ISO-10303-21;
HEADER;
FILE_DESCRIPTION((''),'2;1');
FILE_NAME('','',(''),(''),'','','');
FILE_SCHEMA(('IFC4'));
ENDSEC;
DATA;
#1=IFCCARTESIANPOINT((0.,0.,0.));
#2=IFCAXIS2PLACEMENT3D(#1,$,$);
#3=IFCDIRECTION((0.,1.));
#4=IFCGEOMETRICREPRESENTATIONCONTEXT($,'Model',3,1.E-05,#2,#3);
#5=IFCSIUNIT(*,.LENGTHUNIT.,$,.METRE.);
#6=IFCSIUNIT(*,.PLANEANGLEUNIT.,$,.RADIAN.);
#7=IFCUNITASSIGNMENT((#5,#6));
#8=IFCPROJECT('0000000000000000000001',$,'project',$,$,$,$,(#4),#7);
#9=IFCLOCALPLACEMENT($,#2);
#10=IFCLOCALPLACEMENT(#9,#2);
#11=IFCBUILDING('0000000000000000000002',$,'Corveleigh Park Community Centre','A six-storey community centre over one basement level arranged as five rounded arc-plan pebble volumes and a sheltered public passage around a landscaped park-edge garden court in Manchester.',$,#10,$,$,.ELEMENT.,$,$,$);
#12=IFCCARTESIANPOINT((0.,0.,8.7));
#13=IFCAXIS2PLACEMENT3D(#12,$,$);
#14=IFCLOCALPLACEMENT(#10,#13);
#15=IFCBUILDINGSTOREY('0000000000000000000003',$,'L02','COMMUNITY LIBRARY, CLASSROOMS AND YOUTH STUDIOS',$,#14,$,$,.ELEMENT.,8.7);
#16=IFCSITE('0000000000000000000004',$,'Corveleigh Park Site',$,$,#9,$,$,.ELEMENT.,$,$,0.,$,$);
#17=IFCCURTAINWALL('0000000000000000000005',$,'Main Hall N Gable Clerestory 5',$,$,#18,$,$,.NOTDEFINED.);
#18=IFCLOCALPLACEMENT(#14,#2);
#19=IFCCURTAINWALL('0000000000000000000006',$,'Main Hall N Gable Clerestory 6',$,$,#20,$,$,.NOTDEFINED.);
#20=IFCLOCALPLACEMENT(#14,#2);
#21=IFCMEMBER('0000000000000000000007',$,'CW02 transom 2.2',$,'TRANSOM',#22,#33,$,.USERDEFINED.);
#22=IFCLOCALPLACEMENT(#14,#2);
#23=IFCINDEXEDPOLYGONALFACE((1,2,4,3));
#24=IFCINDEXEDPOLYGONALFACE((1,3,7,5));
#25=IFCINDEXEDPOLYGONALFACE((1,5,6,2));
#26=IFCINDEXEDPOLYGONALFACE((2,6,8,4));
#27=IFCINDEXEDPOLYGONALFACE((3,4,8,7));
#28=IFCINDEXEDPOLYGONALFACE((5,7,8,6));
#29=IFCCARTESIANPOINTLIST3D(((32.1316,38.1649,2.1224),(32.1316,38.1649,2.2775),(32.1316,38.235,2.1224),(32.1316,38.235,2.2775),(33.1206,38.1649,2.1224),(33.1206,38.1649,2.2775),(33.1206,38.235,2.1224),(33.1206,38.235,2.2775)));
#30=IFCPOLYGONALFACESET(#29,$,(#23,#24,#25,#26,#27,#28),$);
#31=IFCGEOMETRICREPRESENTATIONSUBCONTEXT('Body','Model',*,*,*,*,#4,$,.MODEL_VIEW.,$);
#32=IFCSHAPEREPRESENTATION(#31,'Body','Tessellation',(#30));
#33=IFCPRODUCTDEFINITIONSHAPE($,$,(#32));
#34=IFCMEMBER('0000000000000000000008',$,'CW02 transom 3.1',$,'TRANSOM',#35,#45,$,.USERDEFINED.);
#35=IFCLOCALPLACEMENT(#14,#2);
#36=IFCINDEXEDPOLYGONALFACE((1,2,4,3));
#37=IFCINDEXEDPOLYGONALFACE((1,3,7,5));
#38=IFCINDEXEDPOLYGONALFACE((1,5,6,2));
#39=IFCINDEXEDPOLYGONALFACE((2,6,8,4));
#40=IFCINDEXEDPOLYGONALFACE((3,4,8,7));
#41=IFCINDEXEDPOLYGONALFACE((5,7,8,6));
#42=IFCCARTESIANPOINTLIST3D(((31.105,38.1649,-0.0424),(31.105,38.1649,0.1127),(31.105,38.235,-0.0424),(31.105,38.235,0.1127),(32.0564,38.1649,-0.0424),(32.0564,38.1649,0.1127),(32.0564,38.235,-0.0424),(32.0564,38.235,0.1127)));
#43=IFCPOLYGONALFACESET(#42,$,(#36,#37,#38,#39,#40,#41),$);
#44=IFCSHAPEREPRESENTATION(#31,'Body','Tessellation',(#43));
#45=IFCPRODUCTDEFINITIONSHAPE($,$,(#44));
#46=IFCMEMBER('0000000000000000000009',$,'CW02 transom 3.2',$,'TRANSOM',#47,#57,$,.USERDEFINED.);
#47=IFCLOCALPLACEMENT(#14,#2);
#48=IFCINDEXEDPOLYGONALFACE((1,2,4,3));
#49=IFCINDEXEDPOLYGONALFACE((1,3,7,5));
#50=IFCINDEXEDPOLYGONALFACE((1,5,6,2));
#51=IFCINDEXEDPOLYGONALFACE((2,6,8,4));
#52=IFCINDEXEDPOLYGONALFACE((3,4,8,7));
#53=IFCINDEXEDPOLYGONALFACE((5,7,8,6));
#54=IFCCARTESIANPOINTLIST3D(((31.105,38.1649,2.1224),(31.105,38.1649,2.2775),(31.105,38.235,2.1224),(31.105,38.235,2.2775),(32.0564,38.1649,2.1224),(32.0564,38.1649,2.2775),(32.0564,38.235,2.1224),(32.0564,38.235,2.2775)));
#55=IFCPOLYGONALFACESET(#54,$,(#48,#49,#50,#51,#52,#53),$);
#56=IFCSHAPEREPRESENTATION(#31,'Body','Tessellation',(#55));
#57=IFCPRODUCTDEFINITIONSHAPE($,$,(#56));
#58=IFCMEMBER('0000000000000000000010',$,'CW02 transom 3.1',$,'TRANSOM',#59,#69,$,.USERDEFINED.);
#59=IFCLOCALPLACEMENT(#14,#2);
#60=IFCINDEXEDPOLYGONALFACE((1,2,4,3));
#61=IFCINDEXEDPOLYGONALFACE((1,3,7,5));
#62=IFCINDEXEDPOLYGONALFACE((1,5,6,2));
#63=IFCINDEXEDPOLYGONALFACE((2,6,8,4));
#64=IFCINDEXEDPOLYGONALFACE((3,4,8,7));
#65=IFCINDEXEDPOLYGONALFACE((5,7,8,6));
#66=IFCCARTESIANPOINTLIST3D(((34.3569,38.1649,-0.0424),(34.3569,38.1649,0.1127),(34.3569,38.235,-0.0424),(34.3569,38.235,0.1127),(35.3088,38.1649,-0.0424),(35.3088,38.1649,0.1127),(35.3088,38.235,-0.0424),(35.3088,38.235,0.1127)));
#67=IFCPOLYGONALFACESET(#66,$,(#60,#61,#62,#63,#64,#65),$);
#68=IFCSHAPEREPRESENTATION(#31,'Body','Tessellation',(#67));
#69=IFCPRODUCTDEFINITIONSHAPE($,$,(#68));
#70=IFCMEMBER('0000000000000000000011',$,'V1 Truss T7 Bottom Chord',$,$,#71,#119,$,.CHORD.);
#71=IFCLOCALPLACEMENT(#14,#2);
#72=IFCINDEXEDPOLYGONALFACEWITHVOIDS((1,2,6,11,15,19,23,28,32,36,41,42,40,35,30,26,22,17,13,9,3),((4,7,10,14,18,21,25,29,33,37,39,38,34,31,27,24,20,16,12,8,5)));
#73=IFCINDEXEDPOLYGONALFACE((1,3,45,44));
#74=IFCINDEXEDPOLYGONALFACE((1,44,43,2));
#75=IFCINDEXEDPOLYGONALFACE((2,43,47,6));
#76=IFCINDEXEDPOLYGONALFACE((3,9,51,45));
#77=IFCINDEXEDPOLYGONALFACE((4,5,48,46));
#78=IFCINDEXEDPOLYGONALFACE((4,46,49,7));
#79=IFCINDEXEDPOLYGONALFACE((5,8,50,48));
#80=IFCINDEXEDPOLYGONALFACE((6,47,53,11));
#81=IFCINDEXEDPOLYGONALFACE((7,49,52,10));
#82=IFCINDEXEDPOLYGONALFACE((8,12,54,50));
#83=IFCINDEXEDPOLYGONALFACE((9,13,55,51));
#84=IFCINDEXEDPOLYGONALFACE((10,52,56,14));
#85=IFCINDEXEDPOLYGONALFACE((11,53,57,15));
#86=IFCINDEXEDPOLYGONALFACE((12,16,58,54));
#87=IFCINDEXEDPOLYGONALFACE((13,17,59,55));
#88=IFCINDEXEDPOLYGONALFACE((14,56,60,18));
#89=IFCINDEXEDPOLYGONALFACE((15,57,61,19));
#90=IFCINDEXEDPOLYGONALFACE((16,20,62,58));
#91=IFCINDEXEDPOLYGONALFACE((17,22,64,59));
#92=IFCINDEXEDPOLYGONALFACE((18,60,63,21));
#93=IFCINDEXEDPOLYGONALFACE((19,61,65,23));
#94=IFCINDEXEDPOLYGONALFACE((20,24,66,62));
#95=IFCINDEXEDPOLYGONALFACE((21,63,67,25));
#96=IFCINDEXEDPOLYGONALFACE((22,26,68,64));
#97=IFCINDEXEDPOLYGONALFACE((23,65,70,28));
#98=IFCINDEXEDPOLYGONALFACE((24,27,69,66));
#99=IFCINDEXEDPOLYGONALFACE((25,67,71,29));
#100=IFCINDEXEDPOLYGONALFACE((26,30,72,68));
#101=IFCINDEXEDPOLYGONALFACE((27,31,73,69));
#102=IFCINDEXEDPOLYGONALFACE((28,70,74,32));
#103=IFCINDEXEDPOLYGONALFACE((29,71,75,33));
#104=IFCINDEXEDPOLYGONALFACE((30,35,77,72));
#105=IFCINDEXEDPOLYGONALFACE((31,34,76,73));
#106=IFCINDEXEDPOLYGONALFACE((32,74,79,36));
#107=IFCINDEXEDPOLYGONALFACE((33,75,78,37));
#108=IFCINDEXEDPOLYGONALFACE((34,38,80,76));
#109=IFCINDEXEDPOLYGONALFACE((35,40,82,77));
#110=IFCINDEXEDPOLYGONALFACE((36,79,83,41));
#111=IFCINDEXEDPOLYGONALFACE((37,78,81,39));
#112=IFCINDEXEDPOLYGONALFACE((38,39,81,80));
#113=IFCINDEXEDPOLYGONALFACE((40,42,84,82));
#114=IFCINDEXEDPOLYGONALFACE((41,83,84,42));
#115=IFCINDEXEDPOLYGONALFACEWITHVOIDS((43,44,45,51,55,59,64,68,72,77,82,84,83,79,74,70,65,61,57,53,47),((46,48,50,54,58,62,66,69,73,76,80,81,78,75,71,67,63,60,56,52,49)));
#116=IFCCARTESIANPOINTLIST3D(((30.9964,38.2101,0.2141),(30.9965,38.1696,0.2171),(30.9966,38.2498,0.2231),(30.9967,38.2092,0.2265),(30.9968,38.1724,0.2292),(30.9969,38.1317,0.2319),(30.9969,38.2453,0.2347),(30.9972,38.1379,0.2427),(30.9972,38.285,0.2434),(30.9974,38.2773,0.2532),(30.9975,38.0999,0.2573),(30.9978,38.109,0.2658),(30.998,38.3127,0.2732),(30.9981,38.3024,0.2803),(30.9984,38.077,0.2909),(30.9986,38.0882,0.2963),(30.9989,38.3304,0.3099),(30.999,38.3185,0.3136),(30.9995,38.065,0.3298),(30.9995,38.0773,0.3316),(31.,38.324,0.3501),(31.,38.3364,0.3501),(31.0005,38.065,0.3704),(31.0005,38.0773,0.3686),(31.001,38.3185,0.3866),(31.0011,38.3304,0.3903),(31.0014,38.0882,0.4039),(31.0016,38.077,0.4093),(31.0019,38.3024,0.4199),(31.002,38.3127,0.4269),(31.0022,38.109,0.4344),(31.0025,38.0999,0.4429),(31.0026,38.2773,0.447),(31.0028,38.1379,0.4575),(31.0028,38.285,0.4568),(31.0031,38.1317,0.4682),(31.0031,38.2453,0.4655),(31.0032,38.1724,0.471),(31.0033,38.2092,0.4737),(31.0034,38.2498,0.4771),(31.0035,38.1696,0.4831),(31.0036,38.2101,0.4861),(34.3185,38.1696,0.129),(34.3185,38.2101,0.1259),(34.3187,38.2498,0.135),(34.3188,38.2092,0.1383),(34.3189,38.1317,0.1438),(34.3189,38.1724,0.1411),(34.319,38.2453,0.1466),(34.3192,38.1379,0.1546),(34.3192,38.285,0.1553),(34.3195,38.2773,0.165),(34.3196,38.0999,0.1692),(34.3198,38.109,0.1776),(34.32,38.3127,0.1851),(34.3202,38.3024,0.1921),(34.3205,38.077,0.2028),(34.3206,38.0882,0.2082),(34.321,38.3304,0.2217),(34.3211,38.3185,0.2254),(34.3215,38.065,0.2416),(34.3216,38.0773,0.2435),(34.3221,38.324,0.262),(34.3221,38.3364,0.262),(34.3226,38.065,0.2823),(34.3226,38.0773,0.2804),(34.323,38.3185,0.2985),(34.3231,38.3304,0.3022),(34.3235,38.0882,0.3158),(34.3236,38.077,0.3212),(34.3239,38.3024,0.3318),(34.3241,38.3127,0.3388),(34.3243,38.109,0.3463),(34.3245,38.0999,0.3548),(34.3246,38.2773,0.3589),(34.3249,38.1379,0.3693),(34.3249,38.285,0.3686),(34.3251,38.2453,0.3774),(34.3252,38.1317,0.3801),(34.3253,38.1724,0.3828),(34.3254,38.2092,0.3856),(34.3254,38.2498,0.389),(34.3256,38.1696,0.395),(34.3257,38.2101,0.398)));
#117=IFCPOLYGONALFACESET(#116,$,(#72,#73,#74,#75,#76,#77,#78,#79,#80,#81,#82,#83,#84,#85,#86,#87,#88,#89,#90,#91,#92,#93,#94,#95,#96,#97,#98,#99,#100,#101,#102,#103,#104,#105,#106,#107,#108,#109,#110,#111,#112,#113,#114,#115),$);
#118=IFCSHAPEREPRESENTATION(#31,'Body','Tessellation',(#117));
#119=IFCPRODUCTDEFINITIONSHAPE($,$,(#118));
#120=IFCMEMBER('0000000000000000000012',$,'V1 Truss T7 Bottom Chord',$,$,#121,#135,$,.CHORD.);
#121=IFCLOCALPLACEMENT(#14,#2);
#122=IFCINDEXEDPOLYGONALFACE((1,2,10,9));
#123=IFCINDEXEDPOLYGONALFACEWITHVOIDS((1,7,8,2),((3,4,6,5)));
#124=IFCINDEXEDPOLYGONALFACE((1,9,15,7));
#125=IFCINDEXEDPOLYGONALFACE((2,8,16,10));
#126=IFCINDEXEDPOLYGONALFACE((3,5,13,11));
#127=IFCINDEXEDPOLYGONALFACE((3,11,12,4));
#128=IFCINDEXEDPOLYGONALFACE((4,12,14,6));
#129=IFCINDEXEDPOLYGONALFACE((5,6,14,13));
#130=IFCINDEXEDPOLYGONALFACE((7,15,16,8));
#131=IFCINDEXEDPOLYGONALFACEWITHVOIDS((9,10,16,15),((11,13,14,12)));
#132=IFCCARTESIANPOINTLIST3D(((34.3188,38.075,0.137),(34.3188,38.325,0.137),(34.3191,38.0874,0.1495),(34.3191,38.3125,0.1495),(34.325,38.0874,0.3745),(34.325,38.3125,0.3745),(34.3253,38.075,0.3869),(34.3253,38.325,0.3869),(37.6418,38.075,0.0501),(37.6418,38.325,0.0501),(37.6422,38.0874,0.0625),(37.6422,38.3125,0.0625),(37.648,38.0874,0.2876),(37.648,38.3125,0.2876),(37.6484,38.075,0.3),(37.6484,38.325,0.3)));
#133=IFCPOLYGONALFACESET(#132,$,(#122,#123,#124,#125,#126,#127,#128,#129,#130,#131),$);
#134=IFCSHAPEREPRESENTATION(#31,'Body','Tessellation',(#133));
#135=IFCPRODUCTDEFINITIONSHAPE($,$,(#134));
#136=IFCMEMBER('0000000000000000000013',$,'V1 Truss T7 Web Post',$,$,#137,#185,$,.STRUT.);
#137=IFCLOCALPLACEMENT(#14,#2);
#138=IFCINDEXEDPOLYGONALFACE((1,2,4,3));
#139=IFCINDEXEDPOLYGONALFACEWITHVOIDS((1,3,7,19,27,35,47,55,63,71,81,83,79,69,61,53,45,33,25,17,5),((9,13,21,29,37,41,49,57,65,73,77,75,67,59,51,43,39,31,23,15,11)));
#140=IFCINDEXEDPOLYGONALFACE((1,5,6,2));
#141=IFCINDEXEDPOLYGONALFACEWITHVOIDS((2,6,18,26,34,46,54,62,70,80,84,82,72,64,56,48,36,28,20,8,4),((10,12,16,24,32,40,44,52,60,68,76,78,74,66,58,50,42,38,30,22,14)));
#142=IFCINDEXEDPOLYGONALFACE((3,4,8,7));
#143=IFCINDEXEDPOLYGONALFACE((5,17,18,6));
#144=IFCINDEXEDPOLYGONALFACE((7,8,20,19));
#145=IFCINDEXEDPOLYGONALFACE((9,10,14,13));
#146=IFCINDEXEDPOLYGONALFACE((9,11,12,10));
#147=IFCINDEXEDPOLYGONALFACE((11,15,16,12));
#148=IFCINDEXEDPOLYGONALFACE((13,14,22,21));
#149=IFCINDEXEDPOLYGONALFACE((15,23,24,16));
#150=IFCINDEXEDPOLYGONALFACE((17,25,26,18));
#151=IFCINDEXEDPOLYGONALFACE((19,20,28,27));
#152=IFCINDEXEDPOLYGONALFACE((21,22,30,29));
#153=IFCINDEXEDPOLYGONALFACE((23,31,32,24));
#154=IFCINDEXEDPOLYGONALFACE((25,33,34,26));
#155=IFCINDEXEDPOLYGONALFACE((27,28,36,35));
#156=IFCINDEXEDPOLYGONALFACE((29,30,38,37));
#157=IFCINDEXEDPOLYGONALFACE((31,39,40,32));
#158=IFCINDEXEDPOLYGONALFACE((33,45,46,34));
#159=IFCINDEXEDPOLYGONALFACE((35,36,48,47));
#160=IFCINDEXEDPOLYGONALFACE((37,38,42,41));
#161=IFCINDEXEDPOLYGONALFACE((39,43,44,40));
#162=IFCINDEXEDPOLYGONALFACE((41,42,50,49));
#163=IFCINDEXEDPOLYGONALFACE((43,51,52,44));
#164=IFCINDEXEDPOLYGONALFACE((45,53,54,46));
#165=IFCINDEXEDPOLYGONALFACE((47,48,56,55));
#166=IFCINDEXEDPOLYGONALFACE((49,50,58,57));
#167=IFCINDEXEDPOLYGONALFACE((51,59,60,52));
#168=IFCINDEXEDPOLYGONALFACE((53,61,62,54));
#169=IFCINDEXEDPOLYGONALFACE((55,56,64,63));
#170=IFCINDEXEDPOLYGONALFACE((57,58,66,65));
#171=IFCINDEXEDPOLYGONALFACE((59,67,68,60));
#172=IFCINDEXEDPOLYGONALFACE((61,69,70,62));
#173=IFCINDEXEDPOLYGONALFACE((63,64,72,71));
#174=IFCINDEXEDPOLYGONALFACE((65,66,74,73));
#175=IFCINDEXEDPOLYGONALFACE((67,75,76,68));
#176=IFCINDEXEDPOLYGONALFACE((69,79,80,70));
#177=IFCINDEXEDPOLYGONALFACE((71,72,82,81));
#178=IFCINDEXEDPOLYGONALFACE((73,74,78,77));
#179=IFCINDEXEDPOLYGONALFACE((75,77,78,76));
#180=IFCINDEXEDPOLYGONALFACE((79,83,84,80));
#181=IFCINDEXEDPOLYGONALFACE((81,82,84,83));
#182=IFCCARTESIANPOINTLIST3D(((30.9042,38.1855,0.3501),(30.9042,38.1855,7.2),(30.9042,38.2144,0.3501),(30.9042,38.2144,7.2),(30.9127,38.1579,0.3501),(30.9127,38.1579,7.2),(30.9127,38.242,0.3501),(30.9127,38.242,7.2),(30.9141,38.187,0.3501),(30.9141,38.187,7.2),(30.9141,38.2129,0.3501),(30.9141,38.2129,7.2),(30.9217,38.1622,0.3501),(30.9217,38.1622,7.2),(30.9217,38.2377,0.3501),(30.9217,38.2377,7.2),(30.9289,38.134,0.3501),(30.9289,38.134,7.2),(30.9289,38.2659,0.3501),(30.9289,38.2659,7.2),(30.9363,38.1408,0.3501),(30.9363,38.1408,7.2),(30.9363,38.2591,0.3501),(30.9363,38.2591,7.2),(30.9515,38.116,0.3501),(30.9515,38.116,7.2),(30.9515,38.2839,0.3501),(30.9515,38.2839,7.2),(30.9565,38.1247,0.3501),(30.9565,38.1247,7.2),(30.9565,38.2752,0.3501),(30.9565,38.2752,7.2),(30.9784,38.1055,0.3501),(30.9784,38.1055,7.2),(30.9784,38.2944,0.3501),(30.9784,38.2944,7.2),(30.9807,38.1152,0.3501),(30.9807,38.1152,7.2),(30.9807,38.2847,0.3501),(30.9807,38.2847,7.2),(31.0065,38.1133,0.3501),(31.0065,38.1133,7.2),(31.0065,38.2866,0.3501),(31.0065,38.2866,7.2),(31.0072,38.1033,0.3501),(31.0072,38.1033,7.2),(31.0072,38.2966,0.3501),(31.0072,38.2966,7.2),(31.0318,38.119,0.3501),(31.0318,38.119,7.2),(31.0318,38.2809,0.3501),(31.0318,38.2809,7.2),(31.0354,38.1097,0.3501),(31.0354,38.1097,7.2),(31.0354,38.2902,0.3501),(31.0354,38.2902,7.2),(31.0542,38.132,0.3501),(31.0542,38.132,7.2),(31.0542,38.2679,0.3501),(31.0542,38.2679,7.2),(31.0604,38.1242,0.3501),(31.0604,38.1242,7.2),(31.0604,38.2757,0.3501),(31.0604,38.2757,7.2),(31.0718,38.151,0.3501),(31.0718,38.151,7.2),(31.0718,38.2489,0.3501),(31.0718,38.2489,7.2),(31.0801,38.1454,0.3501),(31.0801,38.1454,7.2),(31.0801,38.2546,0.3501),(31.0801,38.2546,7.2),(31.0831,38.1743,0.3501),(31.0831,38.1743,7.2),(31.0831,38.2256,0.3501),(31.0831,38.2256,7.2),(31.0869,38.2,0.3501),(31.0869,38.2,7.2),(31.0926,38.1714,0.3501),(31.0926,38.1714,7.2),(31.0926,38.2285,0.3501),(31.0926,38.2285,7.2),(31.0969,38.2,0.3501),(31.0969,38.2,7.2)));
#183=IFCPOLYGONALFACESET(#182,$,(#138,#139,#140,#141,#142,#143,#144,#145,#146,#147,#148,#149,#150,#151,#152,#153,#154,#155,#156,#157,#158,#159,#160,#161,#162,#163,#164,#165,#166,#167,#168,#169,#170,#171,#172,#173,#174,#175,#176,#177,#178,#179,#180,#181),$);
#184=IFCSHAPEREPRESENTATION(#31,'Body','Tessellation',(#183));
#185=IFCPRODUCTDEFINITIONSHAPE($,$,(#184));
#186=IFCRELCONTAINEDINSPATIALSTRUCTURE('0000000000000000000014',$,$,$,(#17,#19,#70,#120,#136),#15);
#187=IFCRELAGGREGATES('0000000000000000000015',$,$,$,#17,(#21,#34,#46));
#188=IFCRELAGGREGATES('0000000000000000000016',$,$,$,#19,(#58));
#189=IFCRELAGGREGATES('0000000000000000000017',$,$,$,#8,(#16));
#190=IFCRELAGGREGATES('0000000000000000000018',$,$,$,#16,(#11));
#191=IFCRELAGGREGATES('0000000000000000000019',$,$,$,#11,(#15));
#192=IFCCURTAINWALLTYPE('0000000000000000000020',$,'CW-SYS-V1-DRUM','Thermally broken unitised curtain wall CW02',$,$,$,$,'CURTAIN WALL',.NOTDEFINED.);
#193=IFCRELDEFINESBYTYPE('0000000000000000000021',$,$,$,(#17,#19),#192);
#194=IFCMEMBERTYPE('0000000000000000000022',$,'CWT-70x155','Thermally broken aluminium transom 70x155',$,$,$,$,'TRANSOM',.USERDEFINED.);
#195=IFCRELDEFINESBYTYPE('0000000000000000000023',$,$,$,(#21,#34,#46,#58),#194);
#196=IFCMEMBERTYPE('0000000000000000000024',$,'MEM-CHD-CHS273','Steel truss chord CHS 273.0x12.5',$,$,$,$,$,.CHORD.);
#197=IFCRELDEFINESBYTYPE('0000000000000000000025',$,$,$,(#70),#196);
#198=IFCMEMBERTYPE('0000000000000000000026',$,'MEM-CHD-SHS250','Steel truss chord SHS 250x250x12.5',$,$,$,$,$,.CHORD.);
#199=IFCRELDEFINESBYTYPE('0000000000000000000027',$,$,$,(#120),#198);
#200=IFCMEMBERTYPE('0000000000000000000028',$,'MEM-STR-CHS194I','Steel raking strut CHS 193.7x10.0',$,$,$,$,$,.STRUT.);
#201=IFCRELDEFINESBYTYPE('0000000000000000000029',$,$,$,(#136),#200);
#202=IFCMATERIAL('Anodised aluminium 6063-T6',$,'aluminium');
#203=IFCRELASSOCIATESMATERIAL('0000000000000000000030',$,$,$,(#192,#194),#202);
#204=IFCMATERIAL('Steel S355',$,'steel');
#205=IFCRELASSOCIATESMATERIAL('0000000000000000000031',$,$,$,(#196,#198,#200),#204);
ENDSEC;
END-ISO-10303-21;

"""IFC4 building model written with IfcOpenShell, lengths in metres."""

from ifc_helpers import new_model, si_unit, direction, frame, origin, origin_2d, place, context, subcontext, project, spatial, rectangle, hollow_rectangle, hollow_circle, extrude, material, material_profile, profile_set, type_object, element, aggregate, save


model = new_model("IFC4")

# Units and contexts
model_context = context("Model", 3, precision=1e-05, world=origin(), true_north=direction((0.0, 1.0)))
body_context = subcontext(model_context, "Body", "Model", "MODEL_VIEW")
ifc_project = project(units=[si_unit("LENGTHUNIT", "METRE"), si_unit("PLANEANGLEUNIT", "RADIAN")], contexts=[model_context])

# Site, building, storey
site_placement = place(None, origin())
site = spatial("IfcSite", under=ifc_project, at=site_placement, Name="Corveleigh Park Site", CompositionType="ELEMENT", RefElevation=0.0)
building_placement = place(site_placement, origin())
building = spatial("IfcBuilding", under=site, at=building_placement, Name="Corveleigh Park Community Centre", Description="A six-storey community centre over one basement level arranged as five rounded arc-plan pebble volumes and a sheltered public passage around a landscaped park-edge garden court in Manchester.", CompositionType="ELEMENT")
storey_placement = place(building_placement, frame((0.0, 0.0, 8.7)))
storey = spatial("IfcBuildingStorey", under=building, at=storey_placement, Name="L02", Description="COMMUNITY LIBRARY, CLASSROOMS AND YOUTH STUDIOS", CompositionType="ELEMENT", Elevation=8.7)

# Curtain walls
ifc_material_1 = material(Name="Anodised aluminium 6063-T6", Category="aluminium")
curtain_wall_type = type_object("IfcCurtainWallType", Name="CW-SYS-V1-DRUM", Description="Thermally broken unitised curtain wall CW02", ElementType="CURTAIN WALL", PredefinedType="NOTDEFINED", material=ifc_material_1)
curtain_wall_1_placement = place(storey_placement, origin())
curtain_wall_1 = element("IfcCurtainWall", 1, at=curtain_wall_1_placement, inside=storey, type_object=curtain_wall_type, Name="Main Hall N Gable Clerestory 5", PredefinedType="NOTDEFINED")
curtain_wall_2_placement = place(storey_placement, origin())
curtain_wall_2 = element("IfcCurtainWall", 2, at=curtain_wall_2_placement, inside=storey, type_object=curtain_wall_type, Name="Main Hall N Gable Clerestory 6", PredefinedType="NOTDEFINED")

# Members
ifc_material_profile_1 = material_profile(ifc_material_1, rectangle(XDim=0.0701, YDim=0.155, at=origin_2d()), Name="ALU-T70x155", Category="aluminium")
ifc_profile_set_1 = profile_set([ifc_material_profile_1], Name="Anodised aluminium 6063-T6")
member_type_1 = type_object("IfcMemberType", Name="CWT-70x155", Description="Thermally broken aluminium transom 70x155", ElementType="TRANSOM", PredefinedType="USERDEFINED", material=ifc_profile_set_1)
member_1_placement = place(storey_placement, frame((33.1206, 38.2, 2.2), z_axis=(-1.0, 0.0, 0.0), x_axis=(0.0, -1.0, 0.0)))
member_1 = element("IfcMember", 3, at=member_1_placement, type_object=member_type_1, Name="CW02 transom 2.2", ObjectType="TRANSOM", PredefinedType="USERDEFINED", context=body_context, shape_type="SweptSolid", body=[
    extrude(rectangle(XDim=0.0701, YDim=0.155, at=origin_2d()), origin(), (0.0, 0.0, 1.0), 0.989),
])
member_2_placement = place(storey_placement, frame((32.0564, 38.2, 0.0352), z_axis=(-1.0, 0.0, 0.0), x_axis=(0.0, -1.0, 0.0)))
member_2 = element("IfcMember", 4, at=member_2_placement, type_object=member_type_1, Name="CW02 transom 3.1", ObjectType="TRANSOM", PredefinedType="USERDEFINED", context=body_context, shape_type="SweptSolid", body=[
    extrude(rectangle(XDim=0.0701, YDim=0.155, at=origin_2d()), origin(), (0.0, 0.0, 1.0), 0.9514),
])
member_3_placement = place(storey_placement, frame((32.0564, 38.2, 2.2), z_axis=(-1.0, 0.0, 0.0), x_axis=(0.0, -1.0, 0.0)))
member_3 = element("IfcMember", 5, at=member_3_placement, type_object=member_type_1, Name="CW02 transom 3.2", ObjectType="TRANSOM", PredefinedType="USERDEFINED", context=body_context, shape_type="SweptSolid", body=[
    extrude(rectangle(XDim=0.0701, YDim=0.155, at=origin_2d()), origin(), (0.0, 0.0, 1.0), 0.9514),
])
member_4_placement = place(storey_placement, frame((35.3088, 38.2, 0.0352), z_axis=(-1.0, 0.0, 0.0), x_axis=(0.0, -1.0, 0.0)))
member_4 = element("IfcMember", 6, at=member_4_placement, type_object=member_type_1, Name="CW02 transom 3.1", ObjectType="TRANSOM", PredefinedType="USERDEFINED", context=body_context, shape_type="SweptSolid", body=[
    extrude(rectangle(XDim=0.0701, YDim=0.155, at=origin_2d()), origin(), (0.0, 0.0, 1.0), 0.9519),
])

# Members
ifc_material_2 = material(Name="Steel S355", Category="steel")
ifc_material_profile_2 = material_profile(ifc_material_2, hollow_circle(Radius=0.1365, WallThickness=0.0125, at=origin_2d()), Name="CHS 273.0x12.5", Category="steel")
ifc_profile_set_2 = profile_set([ifc_material_profile_2], Name="Steel S355")
member_type_2 = type_object("IfcMemberType", Name="MEM-CHD-CHS273", Description="Steel truss chord CHS 273.0x12.5", PredefinedType="CHORD", material=ifc_profile_set_2)
member_5_placement = place(storey_placement, frame((31.0, 38.2, 0.3501), z_axis=(0.999648, 0.0, -0.026521), x_axis=(0.0, 1.0, 0.0)))
element("IfcMember", 7, at=member_5_placement, inside=storey, type_object=member_type_2, Name="V1 Truss T7 Bottom Chord", PredefinedType="CHORD", context=body_context, shape_type="SweptSolid", body=[
    extrude(hollow_circle(Radius=0.1365, WallThickness=0.0125, at=origin_2d()), origin(), (0.0, 0.0, 1.0), 3.3232),
])
ifc_material_profile_3 = material_profile(ifc_material_2, hollow_rectangle(XDim=0.25, YDim=0.25, WallThickness=0.0125, at=origin_2d()), Name="SHS 250x250x12.5", Category="steel")
ifc_profile_set_3 = profile_set([ifc_material_profile_3], Name="Steel S355")
member_type_3 = type_object("IfcMemberType", Name="MEM-CHD-SHS250", Description="Steel truss chord SHS 250x250x12.5", PredefinedType="CHORD", material=ifc_profile_set_3)
member_6_placement = place(storey_placement, frame((34.322, 38.2, 0.262), z_axis=(0.999658, 0.0, -0.026146), x_axis=(0.0, 1.0, 0.0)))
element("IfcMember", 8, at=member_6_placement, inside=storey, type_object=member_type_3, Name="V1 Truss T7 Bottom Chord", PredefinedType="CHORD", context=body_context, shape_type="SweptSolid", body=[
    extrude(hollow_rectangle(XDim=0.25, YDim=0.25, WallThickness=0.0125, at=origin_2d()), origin(), (0.0, 0.0, 1.0), 3.3242),
])
ifc_material_profile_4 = material_profile(ifc_material_2, hollow_circle(Radius=0.0969, WallThickness=0.01, at=origin_2d()), Name="CHS 193.7x10.0", Category="steel")
ifc_profile_set_4 = profile_set([ifc_material_profile_4], Name="Steel S355")
member_type_4 = type_object("IfcMemberType", Name="MEM-STR-CHS194I", Description="Steel raking strut CHS 193.7x10.0", PredefinedType="STRUT", material=ifc_profile_set_4)
member_7_placement = place(storey_placement, frame((31.0, 38.2, 0.3501), z_axis=(0.0, 0.0, 1.0), x_axis=(1.0, 0.0, 0.0)))
element("IfcMember", 9, at=member_7_placement, inside=storey, type_object=member_type_4, Name="V1 Truss T7 Web Post", PredefinedType="STRUT", context=body_context, shape_type="SweptSolid", body=[
    extrude(hollow_circle(Radius=0.0969, WallThickness=0.01, at=origin_2d()), origin(), (0.0, 0.0, 1.0), 6.8499),
])

aggregate(curtain_wall_1, [member_1, member_2, member_3])
aggregate(curtain_wall_2, [member_4])

save(model, "model.ifc")
